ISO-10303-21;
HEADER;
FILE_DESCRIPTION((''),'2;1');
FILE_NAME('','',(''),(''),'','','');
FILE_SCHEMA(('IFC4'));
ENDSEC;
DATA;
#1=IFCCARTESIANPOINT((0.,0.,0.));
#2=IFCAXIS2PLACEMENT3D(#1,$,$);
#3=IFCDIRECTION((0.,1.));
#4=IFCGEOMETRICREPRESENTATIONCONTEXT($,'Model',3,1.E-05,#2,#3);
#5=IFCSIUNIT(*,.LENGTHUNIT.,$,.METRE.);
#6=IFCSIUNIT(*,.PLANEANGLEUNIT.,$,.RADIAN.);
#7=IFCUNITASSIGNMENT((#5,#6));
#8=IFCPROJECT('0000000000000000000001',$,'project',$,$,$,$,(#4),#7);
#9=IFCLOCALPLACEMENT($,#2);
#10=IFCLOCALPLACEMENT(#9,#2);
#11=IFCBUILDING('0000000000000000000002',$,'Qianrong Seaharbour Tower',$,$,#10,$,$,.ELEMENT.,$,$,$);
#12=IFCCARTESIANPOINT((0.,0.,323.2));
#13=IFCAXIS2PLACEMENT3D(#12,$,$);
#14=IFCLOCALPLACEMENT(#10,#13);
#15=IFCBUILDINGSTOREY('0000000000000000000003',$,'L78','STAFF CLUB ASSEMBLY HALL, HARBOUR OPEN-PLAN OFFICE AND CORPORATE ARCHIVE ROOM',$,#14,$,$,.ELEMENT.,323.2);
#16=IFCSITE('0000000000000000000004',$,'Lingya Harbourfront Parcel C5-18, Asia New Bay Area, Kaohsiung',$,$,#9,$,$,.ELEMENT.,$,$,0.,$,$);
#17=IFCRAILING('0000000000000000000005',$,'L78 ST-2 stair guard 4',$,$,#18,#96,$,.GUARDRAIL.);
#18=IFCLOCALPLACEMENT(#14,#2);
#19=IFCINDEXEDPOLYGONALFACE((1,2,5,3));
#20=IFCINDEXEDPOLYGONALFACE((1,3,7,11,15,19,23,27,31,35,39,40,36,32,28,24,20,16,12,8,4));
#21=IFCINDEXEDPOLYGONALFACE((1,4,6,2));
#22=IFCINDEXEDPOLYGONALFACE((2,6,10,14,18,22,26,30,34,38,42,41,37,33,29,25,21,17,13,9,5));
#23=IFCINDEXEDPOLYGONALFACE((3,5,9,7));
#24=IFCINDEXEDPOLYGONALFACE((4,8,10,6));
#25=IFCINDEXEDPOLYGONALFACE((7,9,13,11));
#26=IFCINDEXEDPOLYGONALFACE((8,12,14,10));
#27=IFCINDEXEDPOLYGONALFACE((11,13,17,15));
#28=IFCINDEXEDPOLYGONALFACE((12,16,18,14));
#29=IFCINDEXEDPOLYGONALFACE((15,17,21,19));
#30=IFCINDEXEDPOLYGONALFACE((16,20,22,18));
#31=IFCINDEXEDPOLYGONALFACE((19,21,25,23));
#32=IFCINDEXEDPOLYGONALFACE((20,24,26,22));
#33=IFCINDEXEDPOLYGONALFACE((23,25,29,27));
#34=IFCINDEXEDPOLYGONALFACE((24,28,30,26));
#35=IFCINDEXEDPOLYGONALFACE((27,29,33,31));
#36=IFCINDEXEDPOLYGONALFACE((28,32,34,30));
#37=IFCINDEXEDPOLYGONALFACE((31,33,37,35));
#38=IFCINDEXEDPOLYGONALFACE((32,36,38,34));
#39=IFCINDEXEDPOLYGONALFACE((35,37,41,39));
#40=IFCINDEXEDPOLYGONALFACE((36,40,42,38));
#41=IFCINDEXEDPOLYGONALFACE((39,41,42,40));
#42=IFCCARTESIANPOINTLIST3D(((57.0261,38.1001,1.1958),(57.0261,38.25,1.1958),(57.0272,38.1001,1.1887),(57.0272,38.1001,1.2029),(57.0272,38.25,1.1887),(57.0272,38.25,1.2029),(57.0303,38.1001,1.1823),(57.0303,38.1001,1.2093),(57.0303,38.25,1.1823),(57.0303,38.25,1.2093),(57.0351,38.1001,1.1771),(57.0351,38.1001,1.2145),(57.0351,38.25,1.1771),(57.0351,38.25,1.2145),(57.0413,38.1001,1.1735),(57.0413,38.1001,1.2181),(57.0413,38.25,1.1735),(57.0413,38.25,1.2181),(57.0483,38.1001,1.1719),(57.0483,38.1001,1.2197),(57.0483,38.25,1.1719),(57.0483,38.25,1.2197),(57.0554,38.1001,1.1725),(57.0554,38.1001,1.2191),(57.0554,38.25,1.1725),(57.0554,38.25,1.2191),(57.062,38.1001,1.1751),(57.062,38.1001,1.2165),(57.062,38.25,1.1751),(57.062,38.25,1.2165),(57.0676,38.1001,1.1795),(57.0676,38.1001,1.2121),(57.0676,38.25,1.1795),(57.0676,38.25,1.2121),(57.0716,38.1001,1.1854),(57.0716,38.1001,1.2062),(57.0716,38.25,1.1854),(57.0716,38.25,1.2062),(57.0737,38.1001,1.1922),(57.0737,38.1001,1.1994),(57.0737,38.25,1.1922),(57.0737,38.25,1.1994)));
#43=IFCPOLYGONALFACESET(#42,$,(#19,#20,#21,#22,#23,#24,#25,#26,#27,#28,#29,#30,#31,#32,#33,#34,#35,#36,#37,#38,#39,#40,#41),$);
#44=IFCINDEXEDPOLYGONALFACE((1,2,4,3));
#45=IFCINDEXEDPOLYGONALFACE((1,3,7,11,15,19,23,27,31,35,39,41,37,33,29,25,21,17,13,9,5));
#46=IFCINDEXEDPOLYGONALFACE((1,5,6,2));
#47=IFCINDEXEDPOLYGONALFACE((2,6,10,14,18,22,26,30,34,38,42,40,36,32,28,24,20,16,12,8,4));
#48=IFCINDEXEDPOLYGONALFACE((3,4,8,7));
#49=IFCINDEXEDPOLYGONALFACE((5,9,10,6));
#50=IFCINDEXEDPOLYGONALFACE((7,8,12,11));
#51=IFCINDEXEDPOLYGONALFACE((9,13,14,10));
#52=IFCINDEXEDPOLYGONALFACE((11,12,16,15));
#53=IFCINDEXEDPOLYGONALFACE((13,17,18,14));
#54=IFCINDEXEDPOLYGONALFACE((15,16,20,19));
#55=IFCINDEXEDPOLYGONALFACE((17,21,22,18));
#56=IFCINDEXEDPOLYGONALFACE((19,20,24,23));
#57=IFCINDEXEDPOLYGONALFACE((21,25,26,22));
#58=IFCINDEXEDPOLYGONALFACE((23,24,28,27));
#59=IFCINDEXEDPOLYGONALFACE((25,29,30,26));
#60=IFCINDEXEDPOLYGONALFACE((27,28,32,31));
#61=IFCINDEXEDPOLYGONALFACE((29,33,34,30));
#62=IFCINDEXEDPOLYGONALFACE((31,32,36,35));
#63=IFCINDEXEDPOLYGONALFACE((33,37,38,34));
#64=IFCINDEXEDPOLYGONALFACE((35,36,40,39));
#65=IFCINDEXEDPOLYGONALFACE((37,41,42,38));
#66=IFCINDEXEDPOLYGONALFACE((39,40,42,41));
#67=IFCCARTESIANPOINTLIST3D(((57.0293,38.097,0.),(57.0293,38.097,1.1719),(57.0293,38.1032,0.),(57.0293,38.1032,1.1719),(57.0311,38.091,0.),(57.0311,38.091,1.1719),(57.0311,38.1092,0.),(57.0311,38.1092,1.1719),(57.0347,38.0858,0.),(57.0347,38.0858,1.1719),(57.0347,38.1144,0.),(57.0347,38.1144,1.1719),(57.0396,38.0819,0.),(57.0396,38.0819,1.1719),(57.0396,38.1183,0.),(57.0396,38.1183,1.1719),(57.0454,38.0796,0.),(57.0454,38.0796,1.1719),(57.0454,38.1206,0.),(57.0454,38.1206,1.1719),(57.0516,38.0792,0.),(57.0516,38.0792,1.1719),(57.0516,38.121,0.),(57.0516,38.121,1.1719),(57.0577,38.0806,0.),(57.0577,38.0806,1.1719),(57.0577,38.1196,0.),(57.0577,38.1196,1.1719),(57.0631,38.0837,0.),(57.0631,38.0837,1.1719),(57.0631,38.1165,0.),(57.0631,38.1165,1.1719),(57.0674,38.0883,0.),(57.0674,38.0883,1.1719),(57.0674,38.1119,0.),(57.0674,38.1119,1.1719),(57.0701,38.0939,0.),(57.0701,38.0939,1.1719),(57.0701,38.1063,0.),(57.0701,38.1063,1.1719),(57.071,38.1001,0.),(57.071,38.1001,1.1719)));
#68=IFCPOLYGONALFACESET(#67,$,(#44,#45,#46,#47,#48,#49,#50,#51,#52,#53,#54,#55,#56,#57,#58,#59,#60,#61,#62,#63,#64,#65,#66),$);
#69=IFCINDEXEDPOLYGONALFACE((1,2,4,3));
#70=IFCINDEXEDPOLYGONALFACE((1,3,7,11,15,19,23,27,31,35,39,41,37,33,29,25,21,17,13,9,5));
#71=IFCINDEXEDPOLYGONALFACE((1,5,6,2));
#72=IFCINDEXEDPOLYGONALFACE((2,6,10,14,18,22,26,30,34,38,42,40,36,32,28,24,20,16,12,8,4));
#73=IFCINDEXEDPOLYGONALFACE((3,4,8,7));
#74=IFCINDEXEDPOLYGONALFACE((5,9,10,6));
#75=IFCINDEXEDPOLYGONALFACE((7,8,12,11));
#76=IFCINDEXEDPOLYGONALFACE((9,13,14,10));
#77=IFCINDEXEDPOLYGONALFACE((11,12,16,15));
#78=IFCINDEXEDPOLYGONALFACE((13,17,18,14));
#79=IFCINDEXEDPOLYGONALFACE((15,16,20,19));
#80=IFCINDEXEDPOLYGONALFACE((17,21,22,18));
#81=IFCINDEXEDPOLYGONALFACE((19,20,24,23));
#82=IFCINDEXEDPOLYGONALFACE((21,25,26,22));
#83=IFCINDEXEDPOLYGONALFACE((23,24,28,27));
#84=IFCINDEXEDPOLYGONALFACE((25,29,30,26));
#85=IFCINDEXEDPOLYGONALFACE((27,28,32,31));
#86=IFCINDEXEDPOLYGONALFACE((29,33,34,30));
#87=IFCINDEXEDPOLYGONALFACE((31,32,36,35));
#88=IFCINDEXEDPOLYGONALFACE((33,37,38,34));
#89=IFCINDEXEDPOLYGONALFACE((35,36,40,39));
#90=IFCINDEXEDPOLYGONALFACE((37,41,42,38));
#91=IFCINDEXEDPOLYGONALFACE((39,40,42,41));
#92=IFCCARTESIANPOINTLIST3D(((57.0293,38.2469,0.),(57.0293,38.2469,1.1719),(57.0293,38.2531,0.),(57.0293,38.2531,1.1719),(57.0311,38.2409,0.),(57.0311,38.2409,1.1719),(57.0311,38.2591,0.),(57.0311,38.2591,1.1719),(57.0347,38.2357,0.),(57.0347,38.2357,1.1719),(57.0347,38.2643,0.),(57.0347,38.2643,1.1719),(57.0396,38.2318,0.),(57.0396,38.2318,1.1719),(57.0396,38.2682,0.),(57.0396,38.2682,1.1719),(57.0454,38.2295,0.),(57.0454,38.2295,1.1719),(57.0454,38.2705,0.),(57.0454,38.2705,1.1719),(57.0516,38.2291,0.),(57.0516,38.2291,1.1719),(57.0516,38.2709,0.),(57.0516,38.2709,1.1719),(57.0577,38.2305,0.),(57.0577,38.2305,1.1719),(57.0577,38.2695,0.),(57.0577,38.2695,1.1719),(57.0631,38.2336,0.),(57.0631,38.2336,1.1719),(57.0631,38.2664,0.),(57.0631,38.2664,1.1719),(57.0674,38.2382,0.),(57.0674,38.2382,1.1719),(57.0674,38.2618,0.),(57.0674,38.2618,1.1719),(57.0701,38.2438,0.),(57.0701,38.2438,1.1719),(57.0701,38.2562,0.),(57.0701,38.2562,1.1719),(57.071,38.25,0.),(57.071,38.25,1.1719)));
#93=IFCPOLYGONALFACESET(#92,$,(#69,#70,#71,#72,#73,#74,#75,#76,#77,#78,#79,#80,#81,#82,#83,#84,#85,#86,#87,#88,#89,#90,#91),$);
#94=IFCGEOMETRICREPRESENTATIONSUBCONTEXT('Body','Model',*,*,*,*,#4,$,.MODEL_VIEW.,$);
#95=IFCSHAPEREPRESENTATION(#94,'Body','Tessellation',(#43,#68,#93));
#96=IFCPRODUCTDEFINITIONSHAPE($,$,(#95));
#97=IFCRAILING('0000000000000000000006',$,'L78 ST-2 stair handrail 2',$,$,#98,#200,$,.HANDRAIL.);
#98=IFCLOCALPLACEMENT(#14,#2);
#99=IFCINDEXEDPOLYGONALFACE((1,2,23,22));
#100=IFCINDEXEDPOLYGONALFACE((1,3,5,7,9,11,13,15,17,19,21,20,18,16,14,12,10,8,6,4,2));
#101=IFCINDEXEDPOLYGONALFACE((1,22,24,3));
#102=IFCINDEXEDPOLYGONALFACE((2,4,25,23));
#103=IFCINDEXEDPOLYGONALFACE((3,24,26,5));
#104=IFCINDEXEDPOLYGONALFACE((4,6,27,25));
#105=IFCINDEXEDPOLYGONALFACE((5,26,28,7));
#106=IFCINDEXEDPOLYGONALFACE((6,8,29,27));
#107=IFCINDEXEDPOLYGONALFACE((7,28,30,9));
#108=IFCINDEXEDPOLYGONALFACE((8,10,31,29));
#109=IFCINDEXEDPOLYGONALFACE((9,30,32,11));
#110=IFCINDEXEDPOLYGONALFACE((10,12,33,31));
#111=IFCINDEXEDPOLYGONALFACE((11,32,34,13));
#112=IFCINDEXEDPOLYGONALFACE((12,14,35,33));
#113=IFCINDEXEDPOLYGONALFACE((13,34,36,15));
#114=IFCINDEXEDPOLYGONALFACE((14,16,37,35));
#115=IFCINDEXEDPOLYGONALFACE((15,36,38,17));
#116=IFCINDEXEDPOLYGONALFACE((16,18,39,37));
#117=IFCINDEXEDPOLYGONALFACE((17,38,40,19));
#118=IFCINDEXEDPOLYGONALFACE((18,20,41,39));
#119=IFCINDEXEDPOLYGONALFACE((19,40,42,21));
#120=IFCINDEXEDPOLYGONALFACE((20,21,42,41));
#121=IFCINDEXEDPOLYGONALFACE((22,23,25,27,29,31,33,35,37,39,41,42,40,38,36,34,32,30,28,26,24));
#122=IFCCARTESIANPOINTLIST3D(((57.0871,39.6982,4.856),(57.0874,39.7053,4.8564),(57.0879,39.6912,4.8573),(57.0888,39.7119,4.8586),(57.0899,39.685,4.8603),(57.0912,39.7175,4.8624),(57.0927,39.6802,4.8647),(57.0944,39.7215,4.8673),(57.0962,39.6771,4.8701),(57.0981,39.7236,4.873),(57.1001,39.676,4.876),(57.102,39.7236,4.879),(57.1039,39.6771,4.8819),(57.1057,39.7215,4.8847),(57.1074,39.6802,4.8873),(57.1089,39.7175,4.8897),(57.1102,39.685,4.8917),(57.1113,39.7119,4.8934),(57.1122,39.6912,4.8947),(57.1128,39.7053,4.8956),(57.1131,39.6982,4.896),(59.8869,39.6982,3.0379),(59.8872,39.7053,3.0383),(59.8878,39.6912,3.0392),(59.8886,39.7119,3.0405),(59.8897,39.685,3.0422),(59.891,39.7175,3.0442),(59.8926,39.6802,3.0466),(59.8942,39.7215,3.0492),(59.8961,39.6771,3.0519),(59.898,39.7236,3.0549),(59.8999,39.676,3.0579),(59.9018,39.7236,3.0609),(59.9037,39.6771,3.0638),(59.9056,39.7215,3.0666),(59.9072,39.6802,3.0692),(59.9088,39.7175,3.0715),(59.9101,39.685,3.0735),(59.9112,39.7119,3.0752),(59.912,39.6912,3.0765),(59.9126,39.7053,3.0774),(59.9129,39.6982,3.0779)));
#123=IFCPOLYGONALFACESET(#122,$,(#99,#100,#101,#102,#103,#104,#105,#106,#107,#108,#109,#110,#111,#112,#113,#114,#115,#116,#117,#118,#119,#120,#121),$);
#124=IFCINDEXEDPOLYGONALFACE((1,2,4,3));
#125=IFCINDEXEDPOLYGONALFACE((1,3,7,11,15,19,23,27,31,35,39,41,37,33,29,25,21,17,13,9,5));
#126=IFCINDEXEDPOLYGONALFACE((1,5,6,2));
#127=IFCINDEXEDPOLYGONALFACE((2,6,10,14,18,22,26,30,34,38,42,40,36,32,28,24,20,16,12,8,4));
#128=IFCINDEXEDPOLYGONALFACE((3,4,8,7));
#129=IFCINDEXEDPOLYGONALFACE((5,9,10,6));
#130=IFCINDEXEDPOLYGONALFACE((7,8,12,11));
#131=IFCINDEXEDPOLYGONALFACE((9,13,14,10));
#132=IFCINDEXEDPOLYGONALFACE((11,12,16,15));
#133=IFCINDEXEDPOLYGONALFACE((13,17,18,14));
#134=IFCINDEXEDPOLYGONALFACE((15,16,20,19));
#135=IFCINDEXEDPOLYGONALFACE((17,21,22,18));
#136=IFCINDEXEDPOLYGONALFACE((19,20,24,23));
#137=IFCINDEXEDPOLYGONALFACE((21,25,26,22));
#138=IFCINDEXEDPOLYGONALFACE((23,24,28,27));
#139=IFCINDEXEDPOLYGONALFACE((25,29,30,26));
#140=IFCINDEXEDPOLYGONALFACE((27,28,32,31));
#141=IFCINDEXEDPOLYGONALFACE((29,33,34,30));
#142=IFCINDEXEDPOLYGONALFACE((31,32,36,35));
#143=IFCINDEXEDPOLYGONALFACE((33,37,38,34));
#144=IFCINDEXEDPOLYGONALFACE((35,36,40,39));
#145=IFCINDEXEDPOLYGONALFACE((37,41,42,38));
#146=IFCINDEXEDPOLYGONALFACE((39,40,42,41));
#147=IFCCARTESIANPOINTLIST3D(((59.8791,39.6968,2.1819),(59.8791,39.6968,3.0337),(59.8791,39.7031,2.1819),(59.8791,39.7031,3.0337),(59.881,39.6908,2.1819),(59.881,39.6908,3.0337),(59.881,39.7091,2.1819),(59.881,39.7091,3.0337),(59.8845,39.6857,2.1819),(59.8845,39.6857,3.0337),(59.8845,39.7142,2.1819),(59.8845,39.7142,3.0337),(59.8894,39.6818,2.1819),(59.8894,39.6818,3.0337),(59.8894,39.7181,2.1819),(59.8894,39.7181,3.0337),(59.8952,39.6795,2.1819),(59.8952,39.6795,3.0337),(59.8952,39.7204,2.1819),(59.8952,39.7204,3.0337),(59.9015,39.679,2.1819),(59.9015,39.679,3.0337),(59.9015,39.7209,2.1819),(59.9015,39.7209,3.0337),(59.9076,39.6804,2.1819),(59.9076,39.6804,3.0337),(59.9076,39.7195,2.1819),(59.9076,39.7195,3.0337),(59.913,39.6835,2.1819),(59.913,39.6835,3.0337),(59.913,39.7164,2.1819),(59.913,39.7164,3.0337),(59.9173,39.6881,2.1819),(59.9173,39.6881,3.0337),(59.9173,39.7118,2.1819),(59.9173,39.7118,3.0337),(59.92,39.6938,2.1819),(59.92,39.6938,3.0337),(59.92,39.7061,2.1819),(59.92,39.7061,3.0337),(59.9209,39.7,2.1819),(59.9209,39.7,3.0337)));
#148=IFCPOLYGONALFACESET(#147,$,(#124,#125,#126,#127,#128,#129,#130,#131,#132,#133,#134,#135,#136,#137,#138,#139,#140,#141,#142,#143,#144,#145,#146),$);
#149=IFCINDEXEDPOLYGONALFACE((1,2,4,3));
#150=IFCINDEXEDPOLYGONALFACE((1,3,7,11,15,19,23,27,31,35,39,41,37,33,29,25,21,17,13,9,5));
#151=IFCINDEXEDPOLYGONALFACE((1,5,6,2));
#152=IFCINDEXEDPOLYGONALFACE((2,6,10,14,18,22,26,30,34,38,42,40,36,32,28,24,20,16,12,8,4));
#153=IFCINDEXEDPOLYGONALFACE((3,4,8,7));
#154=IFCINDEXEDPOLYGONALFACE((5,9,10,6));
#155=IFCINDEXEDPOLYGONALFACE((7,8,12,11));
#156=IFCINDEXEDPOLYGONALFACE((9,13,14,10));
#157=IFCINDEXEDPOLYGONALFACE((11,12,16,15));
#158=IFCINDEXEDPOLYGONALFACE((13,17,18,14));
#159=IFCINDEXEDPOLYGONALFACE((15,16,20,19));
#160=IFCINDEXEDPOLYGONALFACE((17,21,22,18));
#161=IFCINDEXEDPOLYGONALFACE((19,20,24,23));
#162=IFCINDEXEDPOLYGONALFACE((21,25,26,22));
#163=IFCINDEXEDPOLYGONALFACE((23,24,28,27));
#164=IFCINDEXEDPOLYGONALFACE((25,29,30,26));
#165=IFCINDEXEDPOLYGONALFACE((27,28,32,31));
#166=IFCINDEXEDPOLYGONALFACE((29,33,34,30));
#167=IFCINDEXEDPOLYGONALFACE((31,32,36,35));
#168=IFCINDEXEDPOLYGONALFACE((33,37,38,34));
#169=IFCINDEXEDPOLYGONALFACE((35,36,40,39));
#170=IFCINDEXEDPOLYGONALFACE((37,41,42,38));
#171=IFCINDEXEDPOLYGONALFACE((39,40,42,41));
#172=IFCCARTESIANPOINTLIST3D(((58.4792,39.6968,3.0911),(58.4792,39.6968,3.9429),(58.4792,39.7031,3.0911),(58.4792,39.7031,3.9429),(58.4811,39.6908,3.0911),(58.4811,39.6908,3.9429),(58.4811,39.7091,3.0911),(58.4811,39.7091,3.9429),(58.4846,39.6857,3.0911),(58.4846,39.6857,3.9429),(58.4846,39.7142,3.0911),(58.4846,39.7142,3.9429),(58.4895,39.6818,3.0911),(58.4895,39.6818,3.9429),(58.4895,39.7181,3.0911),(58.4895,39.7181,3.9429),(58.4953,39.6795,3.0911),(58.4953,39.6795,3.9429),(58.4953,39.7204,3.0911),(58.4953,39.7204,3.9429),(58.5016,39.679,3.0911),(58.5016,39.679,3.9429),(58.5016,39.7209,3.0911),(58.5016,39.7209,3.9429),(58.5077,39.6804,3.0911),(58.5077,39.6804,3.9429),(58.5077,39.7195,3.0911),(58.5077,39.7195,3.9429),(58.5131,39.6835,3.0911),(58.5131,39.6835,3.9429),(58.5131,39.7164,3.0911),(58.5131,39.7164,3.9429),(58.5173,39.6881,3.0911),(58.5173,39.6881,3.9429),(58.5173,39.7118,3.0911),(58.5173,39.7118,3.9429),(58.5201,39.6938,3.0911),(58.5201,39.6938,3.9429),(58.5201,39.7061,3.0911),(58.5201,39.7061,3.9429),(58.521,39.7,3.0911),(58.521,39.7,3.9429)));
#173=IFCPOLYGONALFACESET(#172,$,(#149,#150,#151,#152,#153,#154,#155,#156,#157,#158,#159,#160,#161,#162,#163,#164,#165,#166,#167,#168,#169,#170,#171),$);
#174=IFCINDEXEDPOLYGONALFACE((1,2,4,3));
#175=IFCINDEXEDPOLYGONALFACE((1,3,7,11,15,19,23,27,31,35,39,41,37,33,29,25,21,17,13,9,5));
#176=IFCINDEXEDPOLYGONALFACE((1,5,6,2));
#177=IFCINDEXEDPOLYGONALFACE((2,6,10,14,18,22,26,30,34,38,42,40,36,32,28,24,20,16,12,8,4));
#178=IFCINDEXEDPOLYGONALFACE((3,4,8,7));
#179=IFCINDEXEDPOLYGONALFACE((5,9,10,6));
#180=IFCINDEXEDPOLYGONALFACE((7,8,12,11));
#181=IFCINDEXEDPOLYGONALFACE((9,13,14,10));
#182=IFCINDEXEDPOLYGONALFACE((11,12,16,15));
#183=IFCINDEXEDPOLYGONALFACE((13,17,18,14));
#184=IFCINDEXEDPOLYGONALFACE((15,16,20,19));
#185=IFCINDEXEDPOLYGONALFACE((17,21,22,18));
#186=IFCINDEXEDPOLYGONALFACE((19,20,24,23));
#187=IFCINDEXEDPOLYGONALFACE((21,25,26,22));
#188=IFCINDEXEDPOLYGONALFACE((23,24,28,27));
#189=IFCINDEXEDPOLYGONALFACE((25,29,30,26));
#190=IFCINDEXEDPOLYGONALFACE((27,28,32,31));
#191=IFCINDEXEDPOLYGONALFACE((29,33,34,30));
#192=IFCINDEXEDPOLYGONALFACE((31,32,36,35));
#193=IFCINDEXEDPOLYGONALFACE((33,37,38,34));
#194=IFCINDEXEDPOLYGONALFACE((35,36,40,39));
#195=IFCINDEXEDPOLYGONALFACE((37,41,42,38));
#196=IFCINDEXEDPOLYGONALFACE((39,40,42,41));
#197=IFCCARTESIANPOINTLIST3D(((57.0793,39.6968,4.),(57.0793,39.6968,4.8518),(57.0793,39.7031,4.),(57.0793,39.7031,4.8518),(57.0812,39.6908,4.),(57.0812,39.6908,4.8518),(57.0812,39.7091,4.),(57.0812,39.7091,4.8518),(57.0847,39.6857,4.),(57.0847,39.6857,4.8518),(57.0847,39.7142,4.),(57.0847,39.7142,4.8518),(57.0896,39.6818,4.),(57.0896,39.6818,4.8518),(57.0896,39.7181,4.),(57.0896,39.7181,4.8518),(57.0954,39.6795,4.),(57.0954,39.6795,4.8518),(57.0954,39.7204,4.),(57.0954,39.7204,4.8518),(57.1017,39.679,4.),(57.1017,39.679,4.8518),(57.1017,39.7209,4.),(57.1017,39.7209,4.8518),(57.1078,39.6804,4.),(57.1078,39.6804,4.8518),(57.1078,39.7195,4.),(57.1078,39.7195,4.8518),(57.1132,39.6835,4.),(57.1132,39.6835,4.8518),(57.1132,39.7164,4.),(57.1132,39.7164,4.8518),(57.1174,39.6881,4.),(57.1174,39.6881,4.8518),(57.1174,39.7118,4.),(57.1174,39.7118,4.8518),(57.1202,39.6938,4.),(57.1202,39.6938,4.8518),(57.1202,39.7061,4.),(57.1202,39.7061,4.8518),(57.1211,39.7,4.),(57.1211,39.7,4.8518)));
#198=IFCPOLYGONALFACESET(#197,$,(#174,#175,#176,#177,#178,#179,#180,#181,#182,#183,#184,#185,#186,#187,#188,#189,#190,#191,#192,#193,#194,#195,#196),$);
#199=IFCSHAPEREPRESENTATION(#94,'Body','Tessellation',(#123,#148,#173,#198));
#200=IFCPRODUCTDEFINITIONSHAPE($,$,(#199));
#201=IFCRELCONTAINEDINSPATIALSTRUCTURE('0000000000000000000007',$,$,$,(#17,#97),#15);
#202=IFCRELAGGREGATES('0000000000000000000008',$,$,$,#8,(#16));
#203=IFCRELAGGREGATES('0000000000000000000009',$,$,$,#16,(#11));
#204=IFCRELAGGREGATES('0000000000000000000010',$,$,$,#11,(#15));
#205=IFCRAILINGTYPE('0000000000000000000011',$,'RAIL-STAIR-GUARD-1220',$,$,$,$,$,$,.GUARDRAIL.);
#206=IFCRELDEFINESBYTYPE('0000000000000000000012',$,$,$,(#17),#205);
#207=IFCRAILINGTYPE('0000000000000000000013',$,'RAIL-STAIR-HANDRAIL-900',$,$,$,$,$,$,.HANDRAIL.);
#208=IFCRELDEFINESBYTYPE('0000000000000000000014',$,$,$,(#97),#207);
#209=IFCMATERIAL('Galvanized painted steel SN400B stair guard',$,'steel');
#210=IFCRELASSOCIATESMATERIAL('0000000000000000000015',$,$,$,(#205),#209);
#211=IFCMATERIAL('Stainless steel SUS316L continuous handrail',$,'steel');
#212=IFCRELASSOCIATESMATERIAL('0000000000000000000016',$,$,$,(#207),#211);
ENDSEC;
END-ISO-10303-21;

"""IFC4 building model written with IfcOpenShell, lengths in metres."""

from ifc_helpers import new_model, si_unit, direction, frame, origin, origin_2d, place, context, subcontext, project, spatial, circle, extrude, material, type_object, element, save


model = new_model("IFC4")

# Units and contexts
model_context = context("Model", 3, precision=1e-05, world=origin(), true_north=direction((0.0, 1.0)))
body_context = subcontext(model_context, "Body", "Model", "MODEL_VIEW")
ifc_project = project(units=[si_unit("LENGTHUNIT", "METRE"), si_unit("PLANEANGLEUNIT", "RADIAN")], contexts=[model_context])

# Site, building, storey
site_placement = place(None, origin())
site = spatial("IfcSite", under=ifc_project, at=site_placement, Name="Lingya Harbourfront Parcel C5-18, Asia New Bay Area, Kaohsiung", CompositionType="ELEMENT", RefElevation=0.0)
building_placement = place(site_placement, origin())
building = spatial("IfcBuilding", under=site, at=building_placement, Name="Qianrong Seaharbour Tower", CompositionType="ELEMENT")
storey_placement = place(building_placement, frame((0.0, 0.0, 323.2)))
storey = spatial("IfcBuildingStorey", under=building, at=storey_placement, Name="L78", Description="STAFF CLUB ASSEMBLY HALL, HARBOUR OPEN-PLAN OFFICE AND CORPORATE ARCHIVE ROOM", CompositionType="ELEMENT", Elevation=323.2)

# Railings
ifc_material_1 = material(Name="Galvanized painted steel SN400B stair guard", Category="steel")
railing_type_1 = type_object("IfcRailingType", Name="RAIL-STAIR-GUARD-1220", PredefinedType="GUARDRAIL", material=ifc_material_1)
railing_1_placement = place(storey_placement, frame((57.05, 38.1001, 0.0)))
element("IfcRailing", 1, at=railing_1_placement, inside=storey, type_object=railing_type_1, Name="L78 ST-2 stair guard 4", PredefinedType="GUARDRAIL", context=body_context, shape_type="SweptSolid", body=[
    extrude(circle(Radius=0.0239, at=origin_2d()), frame((0.0, 0.0, 1.1958), z_axis=(0.0, 1.0, 0.0), x_axis=(-1.0, 0.0, 0.0)), (0.0, 0.0, 1.0), 0.1499),
    extrude(circle(Radius=0.021, at=origin_2d()), origin(), (0.0, 0.0, 1.0), 1.1719),
    extrude(circle(Radius=0.021, at=origin_2d()), frame((0.0, 0.1499, 0.0)), (0.0, 0.0, 1.0), 1.1719),
])
ifc_material_2 = material(Name="Stainless steel SUS316L continuous handrail", Category="steel")
railing_type_2 = type_object("IfcRailingType", Name="RAIL-STAIR-HANDRAIL-900", PredefinedType="HANDRAIL", material=ifc_material_2)
railing_2_placement = place(storey_placement, frame((59.8999, 39.7, 2.1819)))
element("IfcRailing", 2, at=railing_2_placement, inside=storey, type_object=railing_type_2, Name="L78 ST-2 stair handrail 2", PredefinedType="HANDRAIL", context=body_context, shape_type="SweptSolid", body=[
    extrude(circle(Radius=0.0239, at=origin_2d()), frame((0.0, 0.0, 0.876), z_axis=(-0.838684, 0.0, 0.544618), x_axis=(0.0, -1.0, 0.0)), (0.0, 0.0, 1.0), 3.3384),
    extrude(circle(Radius=0.021, at=origin_2d()), origin(), (0.0, 0.0, 1.0), 0.8518),
    extrude(circle(Radius=0.021, at=origin_2d()), frame((-1.3999, 0.0, 0.9092)), (0.0, 0.0, 1.0), 0.8518),
    extrude(circle(Radius=0.021, at=origin_2d()), frame((-2.7998, 0.0, 1.8181)), (0.0, 0.0, 1.0), 0.8518),
])

save(model, "model.ifc")
